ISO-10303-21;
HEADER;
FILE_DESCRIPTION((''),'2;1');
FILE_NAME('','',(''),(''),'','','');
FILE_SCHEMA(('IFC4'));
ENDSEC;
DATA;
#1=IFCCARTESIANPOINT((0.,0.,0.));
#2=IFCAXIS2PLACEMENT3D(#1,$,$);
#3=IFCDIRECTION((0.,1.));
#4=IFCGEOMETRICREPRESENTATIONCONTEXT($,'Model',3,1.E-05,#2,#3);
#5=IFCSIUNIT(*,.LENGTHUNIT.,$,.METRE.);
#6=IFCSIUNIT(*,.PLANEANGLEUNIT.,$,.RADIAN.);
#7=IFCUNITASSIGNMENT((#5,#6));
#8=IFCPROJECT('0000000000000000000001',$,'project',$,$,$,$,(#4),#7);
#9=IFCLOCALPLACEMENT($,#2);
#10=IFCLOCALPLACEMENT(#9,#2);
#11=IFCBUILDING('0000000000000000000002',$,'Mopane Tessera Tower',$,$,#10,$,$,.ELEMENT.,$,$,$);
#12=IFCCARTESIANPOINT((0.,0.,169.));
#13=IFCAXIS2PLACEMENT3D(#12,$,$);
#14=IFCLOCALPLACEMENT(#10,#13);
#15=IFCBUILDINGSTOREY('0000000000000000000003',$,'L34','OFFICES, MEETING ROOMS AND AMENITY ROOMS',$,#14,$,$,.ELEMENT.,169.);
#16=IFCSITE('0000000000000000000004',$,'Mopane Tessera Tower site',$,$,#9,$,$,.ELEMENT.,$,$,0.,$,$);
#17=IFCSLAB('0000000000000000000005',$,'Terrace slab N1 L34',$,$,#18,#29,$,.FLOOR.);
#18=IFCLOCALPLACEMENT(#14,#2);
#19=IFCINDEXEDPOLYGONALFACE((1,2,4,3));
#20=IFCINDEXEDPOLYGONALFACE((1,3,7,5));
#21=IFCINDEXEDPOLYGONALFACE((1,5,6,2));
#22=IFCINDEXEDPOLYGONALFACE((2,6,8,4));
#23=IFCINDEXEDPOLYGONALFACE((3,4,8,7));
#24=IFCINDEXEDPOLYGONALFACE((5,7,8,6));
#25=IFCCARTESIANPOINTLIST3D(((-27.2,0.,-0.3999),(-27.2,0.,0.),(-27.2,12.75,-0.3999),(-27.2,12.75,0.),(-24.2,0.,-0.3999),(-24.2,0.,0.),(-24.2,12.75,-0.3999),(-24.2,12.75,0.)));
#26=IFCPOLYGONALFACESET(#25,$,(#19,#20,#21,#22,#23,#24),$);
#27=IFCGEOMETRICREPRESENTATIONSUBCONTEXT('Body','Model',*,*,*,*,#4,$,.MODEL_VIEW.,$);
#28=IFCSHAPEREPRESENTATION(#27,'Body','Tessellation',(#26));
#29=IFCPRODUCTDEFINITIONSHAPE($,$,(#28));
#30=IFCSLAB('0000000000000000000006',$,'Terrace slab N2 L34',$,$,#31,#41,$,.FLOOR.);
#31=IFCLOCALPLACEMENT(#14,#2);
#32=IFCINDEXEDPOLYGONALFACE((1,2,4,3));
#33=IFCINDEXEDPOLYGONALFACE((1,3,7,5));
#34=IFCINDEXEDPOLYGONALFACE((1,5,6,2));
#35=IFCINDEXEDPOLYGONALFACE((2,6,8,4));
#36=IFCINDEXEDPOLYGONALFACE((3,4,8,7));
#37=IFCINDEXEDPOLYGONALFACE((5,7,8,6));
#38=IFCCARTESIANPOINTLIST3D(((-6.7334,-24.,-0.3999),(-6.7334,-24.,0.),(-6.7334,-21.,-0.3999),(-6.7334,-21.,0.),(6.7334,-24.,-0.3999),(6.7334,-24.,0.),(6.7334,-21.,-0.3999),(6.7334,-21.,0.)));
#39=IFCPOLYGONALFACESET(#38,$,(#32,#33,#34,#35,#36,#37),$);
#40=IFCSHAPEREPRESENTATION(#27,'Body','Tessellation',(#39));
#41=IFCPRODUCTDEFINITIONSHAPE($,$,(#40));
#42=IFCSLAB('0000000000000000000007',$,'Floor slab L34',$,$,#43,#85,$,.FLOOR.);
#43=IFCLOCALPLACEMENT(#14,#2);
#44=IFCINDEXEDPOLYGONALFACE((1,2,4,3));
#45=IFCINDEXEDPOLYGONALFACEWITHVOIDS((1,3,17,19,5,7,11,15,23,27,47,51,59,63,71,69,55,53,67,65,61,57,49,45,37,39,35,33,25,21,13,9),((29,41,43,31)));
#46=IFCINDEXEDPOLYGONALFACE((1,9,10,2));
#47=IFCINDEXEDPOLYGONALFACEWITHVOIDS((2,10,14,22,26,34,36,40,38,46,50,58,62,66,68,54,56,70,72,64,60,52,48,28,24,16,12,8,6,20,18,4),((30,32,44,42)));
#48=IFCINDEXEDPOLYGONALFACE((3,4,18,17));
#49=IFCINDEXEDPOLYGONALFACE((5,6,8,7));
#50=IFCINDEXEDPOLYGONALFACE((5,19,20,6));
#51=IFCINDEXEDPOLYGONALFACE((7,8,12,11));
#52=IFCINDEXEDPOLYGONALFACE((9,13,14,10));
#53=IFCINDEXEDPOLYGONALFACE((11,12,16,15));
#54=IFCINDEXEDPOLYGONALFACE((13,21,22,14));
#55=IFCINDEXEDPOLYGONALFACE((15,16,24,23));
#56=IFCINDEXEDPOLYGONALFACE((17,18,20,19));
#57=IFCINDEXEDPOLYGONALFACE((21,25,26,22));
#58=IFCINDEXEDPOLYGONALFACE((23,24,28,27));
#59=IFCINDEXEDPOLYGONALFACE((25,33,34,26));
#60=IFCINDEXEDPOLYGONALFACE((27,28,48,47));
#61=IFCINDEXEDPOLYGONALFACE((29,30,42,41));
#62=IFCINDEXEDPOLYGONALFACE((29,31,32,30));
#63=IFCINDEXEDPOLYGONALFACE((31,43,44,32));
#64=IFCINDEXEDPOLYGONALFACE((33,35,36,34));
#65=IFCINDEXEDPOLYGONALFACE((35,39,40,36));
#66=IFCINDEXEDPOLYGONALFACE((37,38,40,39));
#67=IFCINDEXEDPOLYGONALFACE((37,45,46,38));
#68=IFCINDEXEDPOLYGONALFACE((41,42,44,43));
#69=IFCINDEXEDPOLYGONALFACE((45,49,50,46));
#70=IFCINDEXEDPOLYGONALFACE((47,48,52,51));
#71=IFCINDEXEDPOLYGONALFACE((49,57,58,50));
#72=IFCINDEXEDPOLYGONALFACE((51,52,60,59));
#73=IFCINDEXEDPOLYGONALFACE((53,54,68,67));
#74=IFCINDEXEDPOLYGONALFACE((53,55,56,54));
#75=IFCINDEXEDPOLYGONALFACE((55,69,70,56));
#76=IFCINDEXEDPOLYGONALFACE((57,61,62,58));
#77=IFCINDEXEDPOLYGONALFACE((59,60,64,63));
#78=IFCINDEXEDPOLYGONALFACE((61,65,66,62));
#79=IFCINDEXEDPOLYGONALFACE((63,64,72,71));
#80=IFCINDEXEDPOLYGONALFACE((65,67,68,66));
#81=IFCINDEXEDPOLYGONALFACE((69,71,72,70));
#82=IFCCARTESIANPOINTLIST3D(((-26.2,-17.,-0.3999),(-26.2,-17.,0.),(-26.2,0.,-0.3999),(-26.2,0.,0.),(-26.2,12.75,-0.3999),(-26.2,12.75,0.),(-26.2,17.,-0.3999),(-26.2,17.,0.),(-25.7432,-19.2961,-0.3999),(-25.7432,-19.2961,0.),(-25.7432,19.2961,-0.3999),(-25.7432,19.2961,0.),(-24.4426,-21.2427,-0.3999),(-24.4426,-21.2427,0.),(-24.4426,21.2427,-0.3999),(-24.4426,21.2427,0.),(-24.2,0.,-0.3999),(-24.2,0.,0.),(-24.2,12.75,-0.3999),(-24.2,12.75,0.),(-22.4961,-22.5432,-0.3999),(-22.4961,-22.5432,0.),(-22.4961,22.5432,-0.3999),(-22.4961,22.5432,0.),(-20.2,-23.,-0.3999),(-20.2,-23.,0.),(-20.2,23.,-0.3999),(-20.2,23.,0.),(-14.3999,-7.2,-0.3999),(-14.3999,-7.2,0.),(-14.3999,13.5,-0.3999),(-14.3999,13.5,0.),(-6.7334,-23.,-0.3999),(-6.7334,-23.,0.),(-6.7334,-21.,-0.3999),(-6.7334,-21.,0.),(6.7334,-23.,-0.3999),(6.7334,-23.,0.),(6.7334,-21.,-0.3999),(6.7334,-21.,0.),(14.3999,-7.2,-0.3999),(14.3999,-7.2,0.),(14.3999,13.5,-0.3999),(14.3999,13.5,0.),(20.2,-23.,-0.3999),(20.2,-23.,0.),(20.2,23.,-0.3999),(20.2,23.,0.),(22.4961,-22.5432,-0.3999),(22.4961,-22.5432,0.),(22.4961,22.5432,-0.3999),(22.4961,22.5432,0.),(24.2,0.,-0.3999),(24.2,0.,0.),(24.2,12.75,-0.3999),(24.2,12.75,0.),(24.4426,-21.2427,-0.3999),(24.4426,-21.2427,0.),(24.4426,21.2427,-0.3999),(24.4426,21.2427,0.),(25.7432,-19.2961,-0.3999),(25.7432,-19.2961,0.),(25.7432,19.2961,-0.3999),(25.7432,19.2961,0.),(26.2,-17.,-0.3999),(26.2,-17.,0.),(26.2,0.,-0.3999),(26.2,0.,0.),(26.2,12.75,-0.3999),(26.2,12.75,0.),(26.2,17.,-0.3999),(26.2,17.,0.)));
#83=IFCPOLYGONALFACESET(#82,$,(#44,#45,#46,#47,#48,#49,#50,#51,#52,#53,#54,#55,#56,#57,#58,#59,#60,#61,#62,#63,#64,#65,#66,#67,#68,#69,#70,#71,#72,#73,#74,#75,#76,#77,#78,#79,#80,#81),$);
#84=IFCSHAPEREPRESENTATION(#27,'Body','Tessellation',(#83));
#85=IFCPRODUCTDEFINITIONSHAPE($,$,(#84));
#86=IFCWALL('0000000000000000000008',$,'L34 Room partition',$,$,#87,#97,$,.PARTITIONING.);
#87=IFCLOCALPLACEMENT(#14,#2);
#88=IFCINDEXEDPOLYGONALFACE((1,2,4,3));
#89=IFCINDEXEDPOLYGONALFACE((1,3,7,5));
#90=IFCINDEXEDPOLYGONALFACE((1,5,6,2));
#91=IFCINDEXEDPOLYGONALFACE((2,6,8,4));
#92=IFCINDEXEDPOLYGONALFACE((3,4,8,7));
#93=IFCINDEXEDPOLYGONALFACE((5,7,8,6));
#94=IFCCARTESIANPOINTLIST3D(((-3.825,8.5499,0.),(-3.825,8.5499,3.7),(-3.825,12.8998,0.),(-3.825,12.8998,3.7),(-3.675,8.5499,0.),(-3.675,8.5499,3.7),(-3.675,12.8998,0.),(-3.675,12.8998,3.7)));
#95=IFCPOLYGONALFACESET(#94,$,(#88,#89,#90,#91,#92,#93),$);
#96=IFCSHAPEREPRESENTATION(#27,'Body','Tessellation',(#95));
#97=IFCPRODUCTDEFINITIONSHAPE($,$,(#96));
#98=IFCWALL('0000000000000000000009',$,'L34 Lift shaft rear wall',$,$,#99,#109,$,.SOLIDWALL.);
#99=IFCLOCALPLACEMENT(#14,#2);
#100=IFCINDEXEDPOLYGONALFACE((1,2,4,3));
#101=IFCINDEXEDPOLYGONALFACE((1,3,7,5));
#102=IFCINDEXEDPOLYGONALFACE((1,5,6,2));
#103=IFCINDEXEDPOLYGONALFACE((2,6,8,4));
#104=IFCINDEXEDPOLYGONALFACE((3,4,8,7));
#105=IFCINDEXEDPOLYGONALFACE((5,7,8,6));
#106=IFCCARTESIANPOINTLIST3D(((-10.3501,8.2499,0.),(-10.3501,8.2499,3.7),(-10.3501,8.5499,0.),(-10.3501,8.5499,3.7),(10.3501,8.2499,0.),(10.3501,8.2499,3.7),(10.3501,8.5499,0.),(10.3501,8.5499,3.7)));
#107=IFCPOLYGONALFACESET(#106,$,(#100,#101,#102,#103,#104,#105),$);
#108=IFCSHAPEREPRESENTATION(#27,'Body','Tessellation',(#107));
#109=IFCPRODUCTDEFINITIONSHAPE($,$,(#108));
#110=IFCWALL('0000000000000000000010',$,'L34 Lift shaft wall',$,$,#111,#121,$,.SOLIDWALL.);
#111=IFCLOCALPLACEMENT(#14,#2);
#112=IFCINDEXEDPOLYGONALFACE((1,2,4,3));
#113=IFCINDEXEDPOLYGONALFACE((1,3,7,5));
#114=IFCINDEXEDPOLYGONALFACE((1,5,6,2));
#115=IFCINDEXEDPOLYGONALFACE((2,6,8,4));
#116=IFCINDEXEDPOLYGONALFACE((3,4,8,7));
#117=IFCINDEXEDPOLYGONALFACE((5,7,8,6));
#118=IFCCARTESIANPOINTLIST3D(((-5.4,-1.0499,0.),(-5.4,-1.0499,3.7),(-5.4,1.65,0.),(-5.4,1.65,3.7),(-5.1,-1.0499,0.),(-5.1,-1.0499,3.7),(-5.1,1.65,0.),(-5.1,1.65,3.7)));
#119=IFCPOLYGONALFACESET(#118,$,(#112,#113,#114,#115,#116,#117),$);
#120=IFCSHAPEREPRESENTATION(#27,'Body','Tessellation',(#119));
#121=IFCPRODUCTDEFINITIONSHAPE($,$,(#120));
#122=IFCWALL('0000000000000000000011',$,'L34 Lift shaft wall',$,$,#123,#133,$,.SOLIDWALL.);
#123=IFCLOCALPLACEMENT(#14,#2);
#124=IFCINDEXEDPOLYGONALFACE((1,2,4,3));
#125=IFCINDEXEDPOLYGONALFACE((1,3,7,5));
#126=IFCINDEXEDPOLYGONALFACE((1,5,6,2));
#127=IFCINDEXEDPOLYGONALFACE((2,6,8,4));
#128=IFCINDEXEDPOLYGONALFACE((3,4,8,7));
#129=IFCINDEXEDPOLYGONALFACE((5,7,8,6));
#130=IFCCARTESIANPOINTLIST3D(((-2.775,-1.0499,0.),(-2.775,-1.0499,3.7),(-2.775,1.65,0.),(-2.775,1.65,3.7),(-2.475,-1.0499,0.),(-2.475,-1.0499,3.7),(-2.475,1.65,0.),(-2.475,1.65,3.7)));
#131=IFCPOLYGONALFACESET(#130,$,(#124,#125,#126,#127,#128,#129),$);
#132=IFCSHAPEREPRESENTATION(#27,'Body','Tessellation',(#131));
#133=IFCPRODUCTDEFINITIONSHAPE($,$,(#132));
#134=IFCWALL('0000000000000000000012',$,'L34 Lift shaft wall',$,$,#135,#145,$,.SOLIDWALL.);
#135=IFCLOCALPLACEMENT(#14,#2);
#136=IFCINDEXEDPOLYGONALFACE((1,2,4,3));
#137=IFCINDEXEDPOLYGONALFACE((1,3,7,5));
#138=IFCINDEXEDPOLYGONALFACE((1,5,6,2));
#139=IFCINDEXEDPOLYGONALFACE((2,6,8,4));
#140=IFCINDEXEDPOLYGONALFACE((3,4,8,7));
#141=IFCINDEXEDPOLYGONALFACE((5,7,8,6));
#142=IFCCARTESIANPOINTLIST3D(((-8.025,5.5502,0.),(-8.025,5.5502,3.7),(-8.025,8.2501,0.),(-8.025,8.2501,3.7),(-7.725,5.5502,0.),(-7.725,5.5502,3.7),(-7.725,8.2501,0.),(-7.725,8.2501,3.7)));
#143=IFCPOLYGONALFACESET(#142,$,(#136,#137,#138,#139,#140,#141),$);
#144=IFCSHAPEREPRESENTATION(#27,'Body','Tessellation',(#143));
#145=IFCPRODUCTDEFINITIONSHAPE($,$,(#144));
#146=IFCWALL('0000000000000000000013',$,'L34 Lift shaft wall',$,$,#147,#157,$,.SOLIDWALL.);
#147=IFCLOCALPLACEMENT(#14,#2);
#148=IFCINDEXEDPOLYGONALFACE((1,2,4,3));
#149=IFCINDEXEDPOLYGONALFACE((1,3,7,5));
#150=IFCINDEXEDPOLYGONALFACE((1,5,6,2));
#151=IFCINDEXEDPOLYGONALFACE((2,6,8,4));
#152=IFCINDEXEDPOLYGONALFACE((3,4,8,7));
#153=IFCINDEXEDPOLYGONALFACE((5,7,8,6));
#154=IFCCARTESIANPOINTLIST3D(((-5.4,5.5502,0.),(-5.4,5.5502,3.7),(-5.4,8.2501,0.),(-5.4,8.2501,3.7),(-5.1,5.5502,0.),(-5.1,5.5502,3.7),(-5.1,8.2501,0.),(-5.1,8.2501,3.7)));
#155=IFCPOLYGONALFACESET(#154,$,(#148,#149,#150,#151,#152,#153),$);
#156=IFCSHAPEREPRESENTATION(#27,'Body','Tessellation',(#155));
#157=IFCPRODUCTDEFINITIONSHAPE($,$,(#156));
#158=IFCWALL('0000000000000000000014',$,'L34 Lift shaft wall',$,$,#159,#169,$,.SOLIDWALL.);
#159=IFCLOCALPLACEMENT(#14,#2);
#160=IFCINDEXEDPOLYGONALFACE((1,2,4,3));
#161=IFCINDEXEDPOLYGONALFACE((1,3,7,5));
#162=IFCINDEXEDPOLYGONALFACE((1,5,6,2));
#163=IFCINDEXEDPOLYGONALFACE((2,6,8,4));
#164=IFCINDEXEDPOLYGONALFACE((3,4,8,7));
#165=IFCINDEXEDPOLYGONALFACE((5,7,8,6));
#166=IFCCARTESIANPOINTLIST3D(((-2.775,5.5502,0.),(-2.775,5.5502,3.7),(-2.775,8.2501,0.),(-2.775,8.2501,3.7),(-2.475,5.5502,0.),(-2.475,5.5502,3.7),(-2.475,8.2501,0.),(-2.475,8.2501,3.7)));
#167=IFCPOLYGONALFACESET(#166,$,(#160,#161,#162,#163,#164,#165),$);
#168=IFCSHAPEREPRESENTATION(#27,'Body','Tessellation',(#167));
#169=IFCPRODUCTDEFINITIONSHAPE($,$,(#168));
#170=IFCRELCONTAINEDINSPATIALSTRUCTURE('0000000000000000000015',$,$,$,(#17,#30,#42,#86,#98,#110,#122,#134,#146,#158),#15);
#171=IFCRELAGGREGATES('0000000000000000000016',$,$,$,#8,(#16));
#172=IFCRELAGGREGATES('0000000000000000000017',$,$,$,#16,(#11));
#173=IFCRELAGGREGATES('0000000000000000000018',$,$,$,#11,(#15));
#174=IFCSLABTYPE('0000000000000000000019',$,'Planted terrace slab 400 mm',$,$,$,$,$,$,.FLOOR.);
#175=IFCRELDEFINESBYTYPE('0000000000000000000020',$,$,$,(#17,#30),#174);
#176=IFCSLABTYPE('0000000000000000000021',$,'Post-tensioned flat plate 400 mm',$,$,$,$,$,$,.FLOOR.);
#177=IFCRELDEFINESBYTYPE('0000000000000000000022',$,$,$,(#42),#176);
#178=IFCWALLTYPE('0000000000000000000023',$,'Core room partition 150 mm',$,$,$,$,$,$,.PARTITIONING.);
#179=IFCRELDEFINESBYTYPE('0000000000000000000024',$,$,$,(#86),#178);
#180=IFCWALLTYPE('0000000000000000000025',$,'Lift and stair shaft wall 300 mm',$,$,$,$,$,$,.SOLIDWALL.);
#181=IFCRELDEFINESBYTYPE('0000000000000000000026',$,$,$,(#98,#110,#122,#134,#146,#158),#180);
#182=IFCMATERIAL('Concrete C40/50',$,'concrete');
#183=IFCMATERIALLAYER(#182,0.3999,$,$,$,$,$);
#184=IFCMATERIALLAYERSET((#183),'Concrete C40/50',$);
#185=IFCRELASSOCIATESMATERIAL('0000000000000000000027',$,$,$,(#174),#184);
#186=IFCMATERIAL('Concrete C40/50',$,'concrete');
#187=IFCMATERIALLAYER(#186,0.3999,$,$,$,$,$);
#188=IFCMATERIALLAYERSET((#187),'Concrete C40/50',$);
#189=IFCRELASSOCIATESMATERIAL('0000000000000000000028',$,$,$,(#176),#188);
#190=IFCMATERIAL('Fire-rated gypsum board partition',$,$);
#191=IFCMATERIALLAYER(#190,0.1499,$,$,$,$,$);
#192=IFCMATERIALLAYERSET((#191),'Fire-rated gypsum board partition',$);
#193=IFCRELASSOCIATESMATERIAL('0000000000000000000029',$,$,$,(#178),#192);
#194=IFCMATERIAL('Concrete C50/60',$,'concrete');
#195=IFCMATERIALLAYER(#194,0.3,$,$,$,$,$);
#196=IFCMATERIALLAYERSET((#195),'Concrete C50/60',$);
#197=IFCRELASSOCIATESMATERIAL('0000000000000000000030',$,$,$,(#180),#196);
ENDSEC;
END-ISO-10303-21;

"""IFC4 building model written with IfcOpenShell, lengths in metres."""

from ifc_helpers import new_model, si_unit, direction, frame, frame_2d, origin, place, context, subcontext, project, spatial, polyline, rectangle, outline, extrude, material, layer, layer_set, type_object, element, save


model = new_model("IFC4")

# Units and contexts
model_context = context("Model", 3, precision=1e-05, world=origin(), true_north=direction((0.0, 1.0)))
body_context = subcontext(model_context, "Body", "Model", "MODEL_VIEW")
ifc_project = project(units=[si_unit("LENGTHUNIT", "METRE"), si_unit("PLANEANGLEUNIT", "RADIAN")], contexts=[model_context])

# Site, building, storey
site_placement = place(None, origin())
site = spatial("IfcSite", under=ifc_project, at=site_placement, Name="Mopane Tessera Tower site", CompositionType="ELEMENT", RefElevation=0.0)
building_placement = place(site_placement, origin())
building = spatial("IfcBuilding", under=site, at=building_placement, Name="Mopane Tessera Tower", CompositionType="ELEMENT")
storey_placement = place(building_placement, frame((0.0, 0.0, 169.0)))
storey = spatial("IfcBuildingStorey", under=building, at=storey_placement, Name="L34", Description="OFFICES, MEETING ROOMS AND AMENITY ROOMS", CompositionType="ELEMENT", Elevation=169.0)

# Slabs
ifc_material_1 = material(Name="Concrete C40/50", Category="concrete")
ifc_layer_1 = layer(ifc_material_1, 0.3999)
ifc_layer_set_1 = layer_set([ifc_layer_1], Name="Concrete C40/50")
slab_type_1 = type_object("IfcSlabType", Name="Planted terrace slab 400 mm", PredefinedType="FLOOR", material=ifc_layer_set_1)
slab_1_placement = place(storey_placement, frame((0.0, 0.0, -0.3999)))
element("IfcSlab", 1, at=slab_1_placement, inside=storey, type_object=slab_type_1, Name="Terrace slab N1 L34", PredefinedType="FLOOR", context=body_context, shape_type="SweptSolid", body=[
    extrude(outline(polyline([(-27.2, 0.0), (-24.2, 0.0), (-24.2, 12.75), (-27.2, 12.75), (-27.2, 0.0)])), origin(), (0.0, 0.0, 1.0), 0.3999),
])
slab_2_placement = place(storey_placement, frame((0.0, 0.0, -0.3999)))
element("IfcSlab", 2, at=slab_2_placement, inside=storey, type_object=slab_type_1, Name="Terrace slab N2 L34", PredefinedType="FLOOR", context=body_context, shape_type="SweptSolid", body=[
    extrude(outline(polyline([(6.7334, -24.0), (6.7334, -21.0), (-6.7334, -21.0), (-6.7334, -24.0), (6.7334, -24.0)])), origin(), (0.0, 0.0, 1.0), 0.3999),
])
ifc_material_2 = material(Name="Concrete C40/50", Category="concrete")
ifc_layer_2 = layer(ifc_material_2, 0.3999)
ifc_layer_set_2 = layer_set([ifc_layer_2], Name="Concrete C40/50")
slab_type_2 = type_object("IfcSlabType", Name="Post-tensioned flat plate 400 mm", PredefinedType="FLOOR", material=ifc_layer_set_2)
slab_3_placement = place(storey_placement, frame((0.0, 0.0, -0.3999)))
element("IfcSlab", 3, at=slab_3_placement, inside=storey, type_object=slab_type_2, Name="Floor slab L34", PredefinedType="FLOOR", context=body_context, shape_type="SweptSolid", body=[
    extrude(outline(polyline([(-20.2, -23.0), (-6.7334, -23.0), (-6.7334, -21.0), (6.7334, -21.0), (6.7334, -23.0), (20.2, -23.0), (22.4961, -22.5432), (24.4426, -21.2427), (25.7432, -19.2961), (26.2, -17.0), (26.2, 0.0), (24.2, 0.0), (24.2, 12.75), (26.2, 12.75), (26.2, 17.0), (25.7432, 19.2961), (24.4426, 21.2427), (22.4961, 22.5432), (20.2, 23.0), (-20.2, 23.0), (-22.4961, 22.5432), (-24.4426, 21.2427), (-25.7432, 19.2961), (-26.2, 17.0), (-26.2, 12.75), (-24.2, 12.75), (-24.2, 0.0), (-26.2, 0.0), (-26.2, -17.0), (-25.7432, -19.2961), (-24.4426, -21.2427), (-22.4961, -22.5432), (-20.2, -23.0)]), holes=[polyline([(14.3999, -7.2), (-14.3999, -7.2), (-14.3999, 13.5), (14.3999, 13.5), (14.3999, -7.2)])]), origin(), (0.0, 0.0, 1.0), 0.3999),
])

# Walls
ifc_material_3 = material(Name="Fire-rated gypsum board partition")
ifc_layer_3 = layer(ifc_material_3, 0.1499)
ifc_layer_set_3 = layer_set([ifc_layer_3], Name="Fire-rated gypsum board partition")
wall_type_1 = type_object("IfcWallType", Name="Core room partition 150 mm", PredefinedType="PARTITIONING", material=ifc_layer_set_3)
wall_1_placement = place(storey_placement, frame((-3.75, 8.55, 0.0), z_axis=(0.0, 0.0, 1.0), x_axis=(0.0, 1.0, 0.0)))
element("IfcWall", 4, at=wall_1_placement, inside=storey, type_object=wall_type_1, Name="L34 Room partition", PredefinedType="PARTITIONING", context=body_context, shape_type="SweptSolid", body=[
    extrude(rectangle(XDim=4.3499, YDim=0.1499, at=frame_2d((2.1748, 0.0))), origin(), (0.0, 0.0, 1.0), 3.7),
])
ifc_material_4 = material(Name="Concrete C50/60", Category="concrete")
ifc_layer_4 = layer(ifc_material_4, 0.3)
ifc_layer_set_4 = layer_set([ifc_layer_4], Name="Concrete C50/60")
wall_type_2 = type_object("IfcWallType", Name="Lift and stair shaft wall 300 mm", PredefinedType="SOLIDWALL", material=ifc_layer_set_4)
wall_2_placement = place(storey_placement, frame((-10.3501, 8.3999, 0.0), z_axis=(0.0, 0.0, 1.0), x_axis=(1.0, 0.0, 0.0)))
element("IfcWall", 5, at=wall_2_placement, inside=storey, type_object=wall_type_2, Name="L34 Lift shaft rear wall", PredefinedType="SOLIDWALL", context=body_context, shape_type="SweptSolid", body=[
    extrude(rectangle(XDim=20.7002, YDim=0.3, at=frame_2d((10.3501, 0.0))), origin(), (0.0, 0.0, 1.0), 3.7),
])
for number, where, z_axis, x_axis, name in (
    (6, (-5.25, -1.05, 0.0), (0.0, 0.0, 1.0), (0.0, 1.0, 0.0), "L34 Lift shaft wall"),
    (7, (-2.625, -1.05, 0.0), (0.0, 0.0, 1.0), (0.0, 1.0, 0.0), "L34 Lift shaft wall"),
    (8, (-7.875, 5.55, 0.0), (0.0, 0.0, 1.0), (0.0, 1.0, 0.0), "L34 Lift shaft wall"),
    (9, (-5.25, 5.55, 0.0), (0.0, 0.0, 1.0), (0.0, 1.0, 0.0), "L34 Lift shaft wall"),
    (10, (-2.625, 5.55, 0.0), (0.0, 0.0, 1.0), (0.0, 1.0, 0.0), "L34 Lift shaft wall"),
):
    element("IfcWall", number, at=place(storey_placement, frame(where, z_axis=z_axis, x_axis=x_axis)), inside=storey, type_object=wall_type_2, Name=name, PredefinedType="SOLIDWALL", context=body_context, shape_type="SweptSolid", body=[
        extrude(rectangle(XDim=2.7, YDim=0.3, at=frame_2d((1.3501, 0.0))), origin(), (0.0, 0.0, 1.0), 3.7),
    ])

save(model, "model.ifc")
